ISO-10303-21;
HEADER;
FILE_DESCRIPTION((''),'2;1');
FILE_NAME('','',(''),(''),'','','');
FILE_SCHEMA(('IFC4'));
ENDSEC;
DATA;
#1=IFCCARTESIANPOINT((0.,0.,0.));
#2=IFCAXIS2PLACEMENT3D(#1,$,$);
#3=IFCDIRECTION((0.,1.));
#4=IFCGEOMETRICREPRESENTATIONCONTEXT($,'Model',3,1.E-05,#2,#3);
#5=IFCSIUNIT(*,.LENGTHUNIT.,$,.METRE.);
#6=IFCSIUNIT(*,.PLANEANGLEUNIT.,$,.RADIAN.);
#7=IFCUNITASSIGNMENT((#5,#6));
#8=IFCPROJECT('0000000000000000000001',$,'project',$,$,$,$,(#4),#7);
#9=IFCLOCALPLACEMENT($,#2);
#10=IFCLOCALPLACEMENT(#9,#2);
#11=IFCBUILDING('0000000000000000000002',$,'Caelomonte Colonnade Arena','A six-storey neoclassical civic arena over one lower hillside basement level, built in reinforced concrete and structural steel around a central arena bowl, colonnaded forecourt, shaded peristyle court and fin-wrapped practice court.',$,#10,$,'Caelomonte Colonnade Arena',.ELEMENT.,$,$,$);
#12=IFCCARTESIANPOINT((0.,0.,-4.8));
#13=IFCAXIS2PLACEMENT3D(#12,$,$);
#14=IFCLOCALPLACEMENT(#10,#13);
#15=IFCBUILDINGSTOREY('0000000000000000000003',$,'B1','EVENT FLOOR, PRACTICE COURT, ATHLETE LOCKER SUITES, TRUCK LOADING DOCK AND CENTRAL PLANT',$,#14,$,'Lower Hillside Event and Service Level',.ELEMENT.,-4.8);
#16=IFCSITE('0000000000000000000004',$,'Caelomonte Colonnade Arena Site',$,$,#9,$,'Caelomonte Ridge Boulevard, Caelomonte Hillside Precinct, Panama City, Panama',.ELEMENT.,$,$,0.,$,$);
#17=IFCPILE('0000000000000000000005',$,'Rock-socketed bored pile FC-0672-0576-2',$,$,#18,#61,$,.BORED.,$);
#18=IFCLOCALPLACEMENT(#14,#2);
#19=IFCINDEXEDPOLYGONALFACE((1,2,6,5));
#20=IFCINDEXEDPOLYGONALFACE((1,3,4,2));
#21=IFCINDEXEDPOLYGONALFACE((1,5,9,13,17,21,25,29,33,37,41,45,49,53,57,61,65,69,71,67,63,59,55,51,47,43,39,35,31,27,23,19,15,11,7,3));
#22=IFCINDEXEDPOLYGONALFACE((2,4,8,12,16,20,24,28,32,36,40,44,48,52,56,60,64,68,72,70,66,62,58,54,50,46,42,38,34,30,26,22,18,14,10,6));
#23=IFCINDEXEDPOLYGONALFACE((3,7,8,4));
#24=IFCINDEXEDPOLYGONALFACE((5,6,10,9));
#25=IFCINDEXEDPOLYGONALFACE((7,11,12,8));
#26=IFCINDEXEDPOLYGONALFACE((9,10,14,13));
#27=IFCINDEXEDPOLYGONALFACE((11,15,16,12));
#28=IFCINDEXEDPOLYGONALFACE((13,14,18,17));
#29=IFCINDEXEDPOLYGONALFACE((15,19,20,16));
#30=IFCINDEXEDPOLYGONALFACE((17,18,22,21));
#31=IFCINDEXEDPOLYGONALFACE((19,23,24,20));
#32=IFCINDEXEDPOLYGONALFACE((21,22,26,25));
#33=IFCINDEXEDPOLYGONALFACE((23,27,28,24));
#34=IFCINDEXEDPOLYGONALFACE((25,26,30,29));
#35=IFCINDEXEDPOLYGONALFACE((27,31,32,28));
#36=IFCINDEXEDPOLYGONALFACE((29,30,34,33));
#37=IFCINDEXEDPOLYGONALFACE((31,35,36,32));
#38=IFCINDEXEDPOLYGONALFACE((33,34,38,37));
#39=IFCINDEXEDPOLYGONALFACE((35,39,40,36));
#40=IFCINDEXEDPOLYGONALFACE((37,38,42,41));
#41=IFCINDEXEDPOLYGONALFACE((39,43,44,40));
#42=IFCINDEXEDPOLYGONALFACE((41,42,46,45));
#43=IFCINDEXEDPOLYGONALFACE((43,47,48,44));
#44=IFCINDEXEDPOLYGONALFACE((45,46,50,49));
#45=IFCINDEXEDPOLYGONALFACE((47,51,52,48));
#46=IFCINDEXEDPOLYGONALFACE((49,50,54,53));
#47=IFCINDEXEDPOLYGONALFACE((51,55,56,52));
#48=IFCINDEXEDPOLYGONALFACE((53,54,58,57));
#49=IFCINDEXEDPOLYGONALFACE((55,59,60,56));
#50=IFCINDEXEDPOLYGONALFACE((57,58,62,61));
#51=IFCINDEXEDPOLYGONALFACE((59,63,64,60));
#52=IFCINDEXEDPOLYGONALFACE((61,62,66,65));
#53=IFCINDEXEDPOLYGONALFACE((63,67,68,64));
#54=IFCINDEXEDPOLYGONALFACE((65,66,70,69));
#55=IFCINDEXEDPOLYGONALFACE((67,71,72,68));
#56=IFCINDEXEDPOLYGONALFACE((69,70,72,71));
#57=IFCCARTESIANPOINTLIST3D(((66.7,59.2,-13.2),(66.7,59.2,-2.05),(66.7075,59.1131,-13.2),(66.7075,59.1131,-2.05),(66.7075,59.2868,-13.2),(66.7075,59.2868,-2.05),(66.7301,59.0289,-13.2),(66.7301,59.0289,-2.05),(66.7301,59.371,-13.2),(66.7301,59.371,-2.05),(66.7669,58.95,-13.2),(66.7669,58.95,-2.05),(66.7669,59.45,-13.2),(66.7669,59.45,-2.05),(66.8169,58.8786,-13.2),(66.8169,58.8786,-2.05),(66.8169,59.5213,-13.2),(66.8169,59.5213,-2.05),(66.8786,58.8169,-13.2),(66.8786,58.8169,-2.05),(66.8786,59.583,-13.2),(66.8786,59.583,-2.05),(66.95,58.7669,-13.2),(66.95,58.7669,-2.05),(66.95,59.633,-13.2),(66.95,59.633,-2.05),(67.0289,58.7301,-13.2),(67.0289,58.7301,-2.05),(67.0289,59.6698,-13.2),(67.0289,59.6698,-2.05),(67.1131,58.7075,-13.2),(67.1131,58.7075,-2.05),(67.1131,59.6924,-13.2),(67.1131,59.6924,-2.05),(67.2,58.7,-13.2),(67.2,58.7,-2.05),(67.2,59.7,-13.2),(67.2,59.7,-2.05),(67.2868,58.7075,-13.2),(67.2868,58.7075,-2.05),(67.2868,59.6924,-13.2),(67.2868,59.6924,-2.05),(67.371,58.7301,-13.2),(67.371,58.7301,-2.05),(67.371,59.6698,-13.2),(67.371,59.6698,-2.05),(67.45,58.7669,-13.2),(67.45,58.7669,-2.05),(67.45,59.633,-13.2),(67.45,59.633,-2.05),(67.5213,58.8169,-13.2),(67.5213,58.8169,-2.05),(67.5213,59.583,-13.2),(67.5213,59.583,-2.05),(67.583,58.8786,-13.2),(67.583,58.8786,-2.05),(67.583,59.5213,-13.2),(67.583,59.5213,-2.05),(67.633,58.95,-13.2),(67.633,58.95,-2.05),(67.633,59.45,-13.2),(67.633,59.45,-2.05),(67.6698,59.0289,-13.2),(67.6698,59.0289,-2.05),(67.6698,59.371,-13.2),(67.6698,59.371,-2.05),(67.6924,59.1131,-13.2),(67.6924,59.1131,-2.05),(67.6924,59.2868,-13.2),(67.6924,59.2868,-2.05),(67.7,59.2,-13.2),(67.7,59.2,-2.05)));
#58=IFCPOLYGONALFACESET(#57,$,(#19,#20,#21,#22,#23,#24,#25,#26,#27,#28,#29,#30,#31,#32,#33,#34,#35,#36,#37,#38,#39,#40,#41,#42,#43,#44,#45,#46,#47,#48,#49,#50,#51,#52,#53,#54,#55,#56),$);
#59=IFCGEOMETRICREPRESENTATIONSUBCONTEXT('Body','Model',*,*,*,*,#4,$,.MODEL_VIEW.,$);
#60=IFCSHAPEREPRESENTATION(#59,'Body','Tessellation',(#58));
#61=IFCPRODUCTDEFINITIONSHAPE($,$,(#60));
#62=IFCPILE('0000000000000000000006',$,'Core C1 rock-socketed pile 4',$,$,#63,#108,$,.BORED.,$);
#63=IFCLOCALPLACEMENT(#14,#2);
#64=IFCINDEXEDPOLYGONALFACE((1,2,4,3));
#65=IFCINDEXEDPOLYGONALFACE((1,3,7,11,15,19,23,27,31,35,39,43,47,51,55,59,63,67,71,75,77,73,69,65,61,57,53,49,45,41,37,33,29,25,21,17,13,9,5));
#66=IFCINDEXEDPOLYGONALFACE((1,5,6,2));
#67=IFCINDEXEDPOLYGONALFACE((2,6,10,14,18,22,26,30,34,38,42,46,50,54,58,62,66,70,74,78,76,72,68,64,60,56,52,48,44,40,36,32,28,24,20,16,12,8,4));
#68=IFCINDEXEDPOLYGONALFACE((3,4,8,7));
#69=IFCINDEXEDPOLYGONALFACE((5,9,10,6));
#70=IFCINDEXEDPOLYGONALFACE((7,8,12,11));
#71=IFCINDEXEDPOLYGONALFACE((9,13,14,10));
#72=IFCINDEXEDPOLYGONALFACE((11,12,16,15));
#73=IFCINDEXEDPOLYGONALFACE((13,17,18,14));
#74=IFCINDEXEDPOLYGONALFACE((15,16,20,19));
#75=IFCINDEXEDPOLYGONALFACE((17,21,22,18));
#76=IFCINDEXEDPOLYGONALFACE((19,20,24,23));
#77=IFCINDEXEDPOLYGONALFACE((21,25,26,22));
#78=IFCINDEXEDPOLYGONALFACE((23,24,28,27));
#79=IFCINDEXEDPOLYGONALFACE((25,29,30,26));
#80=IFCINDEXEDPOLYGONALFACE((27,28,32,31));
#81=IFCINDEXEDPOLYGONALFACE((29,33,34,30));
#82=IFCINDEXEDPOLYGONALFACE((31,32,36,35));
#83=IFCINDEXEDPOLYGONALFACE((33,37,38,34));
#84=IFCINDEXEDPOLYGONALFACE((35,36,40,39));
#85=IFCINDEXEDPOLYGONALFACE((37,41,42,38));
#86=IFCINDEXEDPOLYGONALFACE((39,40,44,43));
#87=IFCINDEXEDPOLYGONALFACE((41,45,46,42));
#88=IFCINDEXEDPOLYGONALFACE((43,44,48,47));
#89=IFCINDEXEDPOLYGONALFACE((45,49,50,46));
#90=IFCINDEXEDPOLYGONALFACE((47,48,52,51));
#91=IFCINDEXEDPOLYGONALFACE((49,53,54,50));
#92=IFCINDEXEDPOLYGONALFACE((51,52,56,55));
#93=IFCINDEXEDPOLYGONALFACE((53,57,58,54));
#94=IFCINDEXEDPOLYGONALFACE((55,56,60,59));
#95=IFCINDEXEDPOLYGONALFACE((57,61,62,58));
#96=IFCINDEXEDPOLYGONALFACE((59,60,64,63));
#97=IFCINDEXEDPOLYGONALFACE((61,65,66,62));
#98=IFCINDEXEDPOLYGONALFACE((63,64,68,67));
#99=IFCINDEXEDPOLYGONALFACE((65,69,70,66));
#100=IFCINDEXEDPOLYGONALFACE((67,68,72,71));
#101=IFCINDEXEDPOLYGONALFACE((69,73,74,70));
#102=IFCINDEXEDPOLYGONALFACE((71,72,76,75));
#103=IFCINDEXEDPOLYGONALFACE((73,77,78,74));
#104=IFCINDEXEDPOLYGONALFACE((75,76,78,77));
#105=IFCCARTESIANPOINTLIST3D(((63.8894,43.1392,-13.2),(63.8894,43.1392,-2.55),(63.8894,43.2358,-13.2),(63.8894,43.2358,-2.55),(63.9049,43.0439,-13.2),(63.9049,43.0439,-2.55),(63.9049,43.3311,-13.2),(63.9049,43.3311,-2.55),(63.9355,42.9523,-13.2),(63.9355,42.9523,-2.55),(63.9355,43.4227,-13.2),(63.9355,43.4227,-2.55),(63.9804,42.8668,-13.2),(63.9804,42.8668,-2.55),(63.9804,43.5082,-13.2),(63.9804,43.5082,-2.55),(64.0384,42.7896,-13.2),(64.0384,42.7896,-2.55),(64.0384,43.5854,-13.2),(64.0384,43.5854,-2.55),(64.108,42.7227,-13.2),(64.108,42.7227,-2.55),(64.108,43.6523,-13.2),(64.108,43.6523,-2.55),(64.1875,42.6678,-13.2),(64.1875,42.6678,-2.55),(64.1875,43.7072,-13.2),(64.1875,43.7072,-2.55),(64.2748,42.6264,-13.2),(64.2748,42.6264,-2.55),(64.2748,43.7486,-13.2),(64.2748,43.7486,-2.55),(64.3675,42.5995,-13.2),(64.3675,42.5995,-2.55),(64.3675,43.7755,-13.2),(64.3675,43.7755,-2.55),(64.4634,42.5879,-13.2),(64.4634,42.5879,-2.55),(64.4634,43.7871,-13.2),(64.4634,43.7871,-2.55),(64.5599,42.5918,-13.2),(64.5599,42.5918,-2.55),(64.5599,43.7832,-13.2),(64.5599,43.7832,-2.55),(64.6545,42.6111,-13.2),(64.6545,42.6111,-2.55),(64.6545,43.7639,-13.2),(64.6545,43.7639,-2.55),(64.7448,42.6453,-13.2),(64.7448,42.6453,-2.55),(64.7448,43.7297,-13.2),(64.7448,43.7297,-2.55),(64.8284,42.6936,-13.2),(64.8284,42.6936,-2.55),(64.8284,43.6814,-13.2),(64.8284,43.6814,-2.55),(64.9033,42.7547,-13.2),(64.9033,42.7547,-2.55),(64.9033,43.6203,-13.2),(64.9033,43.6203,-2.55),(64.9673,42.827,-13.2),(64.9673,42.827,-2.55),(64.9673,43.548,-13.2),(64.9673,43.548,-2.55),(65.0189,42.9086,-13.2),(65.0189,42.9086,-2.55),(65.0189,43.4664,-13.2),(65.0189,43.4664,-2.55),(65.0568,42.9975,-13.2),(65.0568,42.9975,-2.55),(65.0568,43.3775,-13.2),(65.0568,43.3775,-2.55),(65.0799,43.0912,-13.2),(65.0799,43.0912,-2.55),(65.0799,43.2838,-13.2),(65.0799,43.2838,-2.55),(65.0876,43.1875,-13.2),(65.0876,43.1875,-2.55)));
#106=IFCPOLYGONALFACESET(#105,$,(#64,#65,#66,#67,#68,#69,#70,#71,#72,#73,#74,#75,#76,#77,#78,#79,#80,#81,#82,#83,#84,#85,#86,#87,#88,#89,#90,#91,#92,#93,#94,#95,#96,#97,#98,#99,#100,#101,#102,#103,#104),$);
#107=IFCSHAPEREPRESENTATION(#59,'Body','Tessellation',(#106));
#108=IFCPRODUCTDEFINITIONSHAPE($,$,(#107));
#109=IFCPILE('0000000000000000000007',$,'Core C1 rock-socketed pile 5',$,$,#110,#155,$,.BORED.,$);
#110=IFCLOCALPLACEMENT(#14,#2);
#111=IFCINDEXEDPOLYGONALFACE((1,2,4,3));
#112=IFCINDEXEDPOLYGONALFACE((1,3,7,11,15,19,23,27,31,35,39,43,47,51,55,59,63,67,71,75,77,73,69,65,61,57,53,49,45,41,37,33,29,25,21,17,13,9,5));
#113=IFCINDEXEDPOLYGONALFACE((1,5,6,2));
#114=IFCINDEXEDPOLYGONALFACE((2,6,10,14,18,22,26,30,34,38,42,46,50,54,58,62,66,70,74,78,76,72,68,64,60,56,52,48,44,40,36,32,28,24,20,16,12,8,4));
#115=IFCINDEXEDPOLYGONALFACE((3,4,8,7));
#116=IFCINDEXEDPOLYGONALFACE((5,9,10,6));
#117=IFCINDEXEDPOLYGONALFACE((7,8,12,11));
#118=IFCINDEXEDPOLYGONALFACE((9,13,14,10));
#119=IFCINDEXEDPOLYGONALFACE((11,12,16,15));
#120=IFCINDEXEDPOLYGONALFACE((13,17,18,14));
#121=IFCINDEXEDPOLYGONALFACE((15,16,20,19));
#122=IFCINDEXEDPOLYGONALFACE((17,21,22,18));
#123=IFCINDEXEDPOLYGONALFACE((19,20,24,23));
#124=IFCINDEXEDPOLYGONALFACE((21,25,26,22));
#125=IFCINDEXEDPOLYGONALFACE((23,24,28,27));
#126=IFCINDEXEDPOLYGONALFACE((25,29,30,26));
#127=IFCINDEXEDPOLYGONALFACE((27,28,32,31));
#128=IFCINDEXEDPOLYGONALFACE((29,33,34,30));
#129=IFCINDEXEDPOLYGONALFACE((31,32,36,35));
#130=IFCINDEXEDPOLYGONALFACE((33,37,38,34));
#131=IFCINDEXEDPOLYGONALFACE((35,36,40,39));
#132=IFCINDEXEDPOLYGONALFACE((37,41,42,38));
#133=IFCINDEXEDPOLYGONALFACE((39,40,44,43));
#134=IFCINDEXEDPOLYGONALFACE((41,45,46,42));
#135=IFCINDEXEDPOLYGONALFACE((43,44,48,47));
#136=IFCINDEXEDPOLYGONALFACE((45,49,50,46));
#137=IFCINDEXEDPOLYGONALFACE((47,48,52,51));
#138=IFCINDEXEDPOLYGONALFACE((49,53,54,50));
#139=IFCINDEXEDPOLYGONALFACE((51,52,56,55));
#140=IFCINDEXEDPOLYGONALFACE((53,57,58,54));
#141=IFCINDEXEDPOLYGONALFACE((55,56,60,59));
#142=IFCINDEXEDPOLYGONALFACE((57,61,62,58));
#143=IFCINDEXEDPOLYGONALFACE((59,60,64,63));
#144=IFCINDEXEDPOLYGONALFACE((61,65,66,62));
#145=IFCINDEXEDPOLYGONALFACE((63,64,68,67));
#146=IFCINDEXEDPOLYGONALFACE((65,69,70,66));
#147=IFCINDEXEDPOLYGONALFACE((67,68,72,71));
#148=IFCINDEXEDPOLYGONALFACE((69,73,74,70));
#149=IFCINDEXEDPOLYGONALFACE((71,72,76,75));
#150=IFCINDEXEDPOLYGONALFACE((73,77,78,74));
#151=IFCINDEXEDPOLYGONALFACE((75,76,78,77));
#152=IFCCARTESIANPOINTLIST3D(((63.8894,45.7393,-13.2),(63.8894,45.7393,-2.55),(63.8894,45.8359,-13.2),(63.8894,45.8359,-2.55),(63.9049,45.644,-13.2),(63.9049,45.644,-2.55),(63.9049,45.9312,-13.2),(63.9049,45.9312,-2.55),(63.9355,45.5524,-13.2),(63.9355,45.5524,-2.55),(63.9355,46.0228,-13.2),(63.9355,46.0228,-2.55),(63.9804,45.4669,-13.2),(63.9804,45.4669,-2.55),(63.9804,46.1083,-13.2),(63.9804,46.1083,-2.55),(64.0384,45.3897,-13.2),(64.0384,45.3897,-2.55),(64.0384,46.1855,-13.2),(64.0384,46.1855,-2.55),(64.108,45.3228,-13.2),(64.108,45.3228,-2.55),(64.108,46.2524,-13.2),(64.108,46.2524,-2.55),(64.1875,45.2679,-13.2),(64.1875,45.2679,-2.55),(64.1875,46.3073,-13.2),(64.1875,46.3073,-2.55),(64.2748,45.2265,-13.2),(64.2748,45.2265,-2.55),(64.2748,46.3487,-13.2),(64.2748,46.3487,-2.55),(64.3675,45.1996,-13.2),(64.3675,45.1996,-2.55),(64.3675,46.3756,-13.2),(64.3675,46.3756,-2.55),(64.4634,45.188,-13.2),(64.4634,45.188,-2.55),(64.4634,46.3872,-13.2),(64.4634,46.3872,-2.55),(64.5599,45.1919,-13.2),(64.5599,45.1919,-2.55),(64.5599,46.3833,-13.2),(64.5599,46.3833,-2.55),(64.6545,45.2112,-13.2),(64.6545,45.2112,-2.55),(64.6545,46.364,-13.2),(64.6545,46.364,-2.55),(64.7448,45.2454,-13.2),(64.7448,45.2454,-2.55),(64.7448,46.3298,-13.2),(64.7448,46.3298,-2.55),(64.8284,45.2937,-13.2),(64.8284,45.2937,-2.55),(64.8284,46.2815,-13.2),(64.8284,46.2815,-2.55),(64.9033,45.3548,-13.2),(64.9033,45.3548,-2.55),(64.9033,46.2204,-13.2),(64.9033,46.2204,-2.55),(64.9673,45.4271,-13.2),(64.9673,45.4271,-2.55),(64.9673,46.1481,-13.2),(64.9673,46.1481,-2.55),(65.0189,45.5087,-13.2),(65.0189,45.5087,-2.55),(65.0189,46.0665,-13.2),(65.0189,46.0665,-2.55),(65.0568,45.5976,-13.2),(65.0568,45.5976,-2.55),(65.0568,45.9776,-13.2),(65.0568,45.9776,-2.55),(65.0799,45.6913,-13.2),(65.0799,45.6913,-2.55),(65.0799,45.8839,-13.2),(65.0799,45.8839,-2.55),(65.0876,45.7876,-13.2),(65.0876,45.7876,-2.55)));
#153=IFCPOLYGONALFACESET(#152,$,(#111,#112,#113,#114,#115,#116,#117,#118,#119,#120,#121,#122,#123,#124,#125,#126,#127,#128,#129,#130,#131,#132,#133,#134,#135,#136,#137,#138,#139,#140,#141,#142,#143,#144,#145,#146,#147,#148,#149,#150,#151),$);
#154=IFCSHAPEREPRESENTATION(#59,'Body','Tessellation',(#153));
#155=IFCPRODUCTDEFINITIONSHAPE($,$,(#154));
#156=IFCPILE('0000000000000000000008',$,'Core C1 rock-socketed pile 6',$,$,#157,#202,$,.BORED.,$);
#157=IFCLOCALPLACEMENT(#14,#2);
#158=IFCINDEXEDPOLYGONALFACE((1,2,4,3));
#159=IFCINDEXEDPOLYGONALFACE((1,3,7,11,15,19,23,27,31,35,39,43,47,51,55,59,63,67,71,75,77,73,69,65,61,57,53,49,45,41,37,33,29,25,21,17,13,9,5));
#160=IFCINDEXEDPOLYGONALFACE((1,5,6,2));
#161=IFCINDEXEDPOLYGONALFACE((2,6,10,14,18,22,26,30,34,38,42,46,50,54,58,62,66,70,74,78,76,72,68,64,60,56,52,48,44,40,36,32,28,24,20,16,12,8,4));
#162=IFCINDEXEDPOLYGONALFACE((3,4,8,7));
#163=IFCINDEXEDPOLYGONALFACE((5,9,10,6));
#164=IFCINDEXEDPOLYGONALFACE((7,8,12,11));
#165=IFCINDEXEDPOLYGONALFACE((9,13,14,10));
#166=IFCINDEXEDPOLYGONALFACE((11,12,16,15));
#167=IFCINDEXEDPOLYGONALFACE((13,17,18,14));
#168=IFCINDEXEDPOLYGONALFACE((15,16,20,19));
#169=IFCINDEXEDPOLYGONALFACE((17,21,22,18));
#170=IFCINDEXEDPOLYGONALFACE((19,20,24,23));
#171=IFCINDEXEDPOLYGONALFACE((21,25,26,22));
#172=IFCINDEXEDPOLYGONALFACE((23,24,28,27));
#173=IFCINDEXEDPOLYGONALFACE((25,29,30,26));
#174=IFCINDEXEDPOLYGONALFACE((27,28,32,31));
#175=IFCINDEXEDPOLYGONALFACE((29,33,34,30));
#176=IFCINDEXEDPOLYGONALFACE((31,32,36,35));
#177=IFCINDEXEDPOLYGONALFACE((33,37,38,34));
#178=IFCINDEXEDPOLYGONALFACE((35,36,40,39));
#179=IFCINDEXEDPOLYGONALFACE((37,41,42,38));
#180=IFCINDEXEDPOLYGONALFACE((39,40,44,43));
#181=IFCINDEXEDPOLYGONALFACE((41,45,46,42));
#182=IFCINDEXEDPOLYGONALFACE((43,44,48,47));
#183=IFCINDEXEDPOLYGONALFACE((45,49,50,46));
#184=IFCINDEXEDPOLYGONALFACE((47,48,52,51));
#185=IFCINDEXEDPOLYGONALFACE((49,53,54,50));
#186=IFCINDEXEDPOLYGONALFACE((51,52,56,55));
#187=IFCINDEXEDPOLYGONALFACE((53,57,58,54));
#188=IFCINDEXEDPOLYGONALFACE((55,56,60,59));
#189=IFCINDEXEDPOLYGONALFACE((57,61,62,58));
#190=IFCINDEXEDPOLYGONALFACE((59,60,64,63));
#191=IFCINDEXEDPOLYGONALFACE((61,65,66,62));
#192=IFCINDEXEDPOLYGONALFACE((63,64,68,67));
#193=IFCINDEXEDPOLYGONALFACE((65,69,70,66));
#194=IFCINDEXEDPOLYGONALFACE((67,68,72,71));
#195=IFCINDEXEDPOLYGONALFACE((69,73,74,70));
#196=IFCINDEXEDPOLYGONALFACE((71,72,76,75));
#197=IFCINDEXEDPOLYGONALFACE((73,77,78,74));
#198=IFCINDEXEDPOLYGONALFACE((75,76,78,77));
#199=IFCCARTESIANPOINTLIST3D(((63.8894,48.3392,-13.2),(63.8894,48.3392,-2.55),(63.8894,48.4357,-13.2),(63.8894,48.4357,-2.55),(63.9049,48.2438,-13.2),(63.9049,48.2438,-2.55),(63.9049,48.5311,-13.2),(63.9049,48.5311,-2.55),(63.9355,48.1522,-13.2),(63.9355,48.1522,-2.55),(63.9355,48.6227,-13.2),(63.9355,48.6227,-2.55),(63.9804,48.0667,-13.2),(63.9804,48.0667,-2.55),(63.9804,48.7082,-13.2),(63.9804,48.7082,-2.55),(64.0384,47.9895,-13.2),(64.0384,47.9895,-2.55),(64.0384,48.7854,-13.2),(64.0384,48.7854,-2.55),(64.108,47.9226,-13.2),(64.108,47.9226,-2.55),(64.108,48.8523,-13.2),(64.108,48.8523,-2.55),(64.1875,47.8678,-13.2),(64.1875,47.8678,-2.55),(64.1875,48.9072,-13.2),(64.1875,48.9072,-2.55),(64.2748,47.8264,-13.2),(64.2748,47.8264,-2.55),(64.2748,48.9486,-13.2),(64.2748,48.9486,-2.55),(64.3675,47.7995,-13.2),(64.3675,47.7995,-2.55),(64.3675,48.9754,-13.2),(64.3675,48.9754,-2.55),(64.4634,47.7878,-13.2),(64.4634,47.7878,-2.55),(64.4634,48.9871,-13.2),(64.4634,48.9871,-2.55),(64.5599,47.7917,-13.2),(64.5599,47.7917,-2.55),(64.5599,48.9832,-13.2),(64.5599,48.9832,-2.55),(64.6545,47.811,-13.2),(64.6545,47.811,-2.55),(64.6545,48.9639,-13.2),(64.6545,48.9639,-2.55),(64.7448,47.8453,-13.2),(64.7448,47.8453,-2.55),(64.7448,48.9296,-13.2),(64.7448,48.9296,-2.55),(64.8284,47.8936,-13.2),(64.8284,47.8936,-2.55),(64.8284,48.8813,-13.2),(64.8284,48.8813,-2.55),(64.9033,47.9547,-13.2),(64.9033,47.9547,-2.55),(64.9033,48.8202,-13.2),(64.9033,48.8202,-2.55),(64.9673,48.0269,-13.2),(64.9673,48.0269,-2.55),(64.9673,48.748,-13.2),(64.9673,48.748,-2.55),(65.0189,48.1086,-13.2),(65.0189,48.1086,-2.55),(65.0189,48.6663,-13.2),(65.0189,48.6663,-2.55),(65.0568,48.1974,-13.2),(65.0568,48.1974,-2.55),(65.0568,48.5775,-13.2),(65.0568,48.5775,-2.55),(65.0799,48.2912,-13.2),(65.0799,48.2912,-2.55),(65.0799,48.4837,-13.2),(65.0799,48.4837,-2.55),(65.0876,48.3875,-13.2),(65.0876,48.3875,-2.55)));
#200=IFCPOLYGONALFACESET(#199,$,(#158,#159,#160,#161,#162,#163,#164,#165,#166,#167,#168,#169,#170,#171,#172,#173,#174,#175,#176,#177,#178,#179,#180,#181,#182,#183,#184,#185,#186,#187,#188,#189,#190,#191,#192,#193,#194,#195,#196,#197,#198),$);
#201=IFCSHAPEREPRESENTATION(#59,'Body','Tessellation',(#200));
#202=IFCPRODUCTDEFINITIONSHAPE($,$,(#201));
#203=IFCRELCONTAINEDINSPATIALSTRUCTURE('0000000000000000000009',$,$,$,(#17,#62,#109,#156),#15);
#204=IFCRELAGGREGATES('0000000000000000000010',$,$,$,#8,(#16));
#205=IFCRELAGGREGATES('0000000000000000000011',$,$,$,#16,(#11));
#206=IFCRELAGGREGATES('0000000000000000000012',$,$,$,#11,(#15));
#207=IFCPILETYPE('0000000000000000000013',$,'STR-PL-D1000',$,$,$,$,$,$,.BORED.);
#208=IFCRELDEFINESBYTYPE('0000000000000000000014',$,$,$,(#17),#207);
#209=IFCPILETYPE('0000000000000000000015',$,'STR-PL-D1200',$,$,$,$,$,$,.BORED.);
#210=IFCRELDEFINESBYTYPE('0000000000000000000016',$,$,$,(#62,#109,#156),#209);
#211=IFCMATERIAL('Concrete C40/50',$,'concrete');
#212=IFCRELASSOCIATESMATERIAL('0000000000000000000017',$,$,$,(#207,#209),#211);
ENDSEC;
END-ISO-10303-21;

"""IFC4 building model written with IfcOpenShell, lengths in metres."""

from ifc_helpers import new_model, si_unit, direction, frame, origin, origin_2d, place, context, subcontext, project, spatial, circle, extrude, material, material_profile, profile_set, type_object, element, save


model = new_model("IFC4")

# Units and contexts
model_context = context("Model", 3, precision=1e-05, world=origin(), true_north=direction((0.0, 1.0)))
body_context = subcontext(model_context, "Body", "Model", "MODEL_VIEW")
ifc_project = project(units=[si_unit("LENGTHUNIT", "METRE"), si_unit("PLANEANGLEUNIT", "RADIAN")], contexts=[model_context])

# Site, building, storey
site_placement = place(None, origin())
site = spatial("IfcSite", under=ifc_project, at=site_placement, Name="Caelomonte Colonnade Arena Site", LongName="Caelomonte Ridge Boulevard, Caelomonte Hillside Precinct, Panama City, Panama", CompositionType="ELEMENT", RefElevation=0.0)
building_placement = place(site_placement, origin())
building = spatial("IfcBuilding", under=site, at=building_placement, Name="Caelomonte Colonnade Arena", Description="A six-storey neoclassical civic arena over one lower hillside basement level, built in reinforced concrete and structural steel around a central arena bowl, colonnaded forecourt, shaded peristyle court and fin-wrapped practice court.", LongName="Caelomonte Colonnade Arena", CompositionType="ELEMENT")
storey_placement = place(building_placement, frame((0.0, 0.0, -4.8)))
storey = spatial("IfcBuildingStorey", under=building, at=storey_placement, Name="B1", Description="EVENT FLOOR, PRACTICE COURT, ATHLETE LOCKER SUITES, TRUCK LOADING DOCK AND CENTRAL PLANT", LongName="Lower Hillside Event and Service Level", CompositionType="ELEMENT", Elevation=-4.8)

# Shared definitions
ifc_material_1 = material(Name="Concrete C40/50", Category="concrete")

# Piles
ifc_material_profile_1 = material_profile(ifc_material_1, circle(Radius=0.5, at=origin_2d()), Name="PILE-D1000")
ifc_profile_set_1 = profile_set([ifc_material_profile_1], Name="Concrete C40/50")
pile_type_1 = type_object("IfcPileType", Name="STR-PL-D1000", PredefinedType="BORED", material=ifc_profile_set_1)
for number, where, z_axis, x_axis, name in (
    (1, (67.2, 59.2, -2.05), (0.0, 0.0, -1.0), (1.0, 0.0, 0.0), "Rock-socketed bored pile FC-0672-0576-2"),
):
    element("IfcPile", number, at=place(storey_placement, frame(where, z_axis=z_axis, x_axis=x_axis)), inside=storey, type_object=pile_type_1, Name=name, PredefinedType="BORED", context=body_context, shape_type="SweptSolid", body=[
        extrude(circle(Radius=0.5, at=origin_2d()), origin(), (0.0, 0.0, 1.0), 11.1499),
    ])
ifc_material_profile_2 = material_profile(ifc_material_1, circle(Radius=0.6001, at=origin_2d()), Name="PILE-D1200")
ifc_profile_set_2 = profile_set([ifc_material_profile_2], Name="Concrete C40/50")
pile_type_2 = type_object("IfcPileType", Name="STR-PL-D1200", PredefinedType="BORED", material=ifc_profile_set_2)
for number, where, z_axis, x_axis, name in (
    (2, (64.4875, 43.1875, -2.55), (0.0, 0.0, -1.0), (1.0, 0.0, 0.0), "Core C1 rock-socketed pile 4"),
    (3, (64.4875, 45.7876, -2.55), (0.0, 0.0, -1.0), (1.0, 0.0, 0.0), "Core C1 rock-socketed pile 5"),
    (4, (64.4875, 48.3875, -2.55), (0.0, 0.0, -1.0), (1.0, 0.0, 0.0), "Core C1 rock-socketed pile 6"),
):
    element("IfcPile", number, at=place(storey_placement, frame(where, z_axis=z_axis, x_axis=x_axis)), inside=storey, type_object=pile_type_2, Name=name, PredefinedType="BORED", context=body_context, shape_type="SweptSolid", body=[
        extrude(circle(Radius=0.6001, at=origin_2d()), origin(), (0.0, 0.0, 1.0), 10.6499),
    ])

save(model, "model.ifc")
